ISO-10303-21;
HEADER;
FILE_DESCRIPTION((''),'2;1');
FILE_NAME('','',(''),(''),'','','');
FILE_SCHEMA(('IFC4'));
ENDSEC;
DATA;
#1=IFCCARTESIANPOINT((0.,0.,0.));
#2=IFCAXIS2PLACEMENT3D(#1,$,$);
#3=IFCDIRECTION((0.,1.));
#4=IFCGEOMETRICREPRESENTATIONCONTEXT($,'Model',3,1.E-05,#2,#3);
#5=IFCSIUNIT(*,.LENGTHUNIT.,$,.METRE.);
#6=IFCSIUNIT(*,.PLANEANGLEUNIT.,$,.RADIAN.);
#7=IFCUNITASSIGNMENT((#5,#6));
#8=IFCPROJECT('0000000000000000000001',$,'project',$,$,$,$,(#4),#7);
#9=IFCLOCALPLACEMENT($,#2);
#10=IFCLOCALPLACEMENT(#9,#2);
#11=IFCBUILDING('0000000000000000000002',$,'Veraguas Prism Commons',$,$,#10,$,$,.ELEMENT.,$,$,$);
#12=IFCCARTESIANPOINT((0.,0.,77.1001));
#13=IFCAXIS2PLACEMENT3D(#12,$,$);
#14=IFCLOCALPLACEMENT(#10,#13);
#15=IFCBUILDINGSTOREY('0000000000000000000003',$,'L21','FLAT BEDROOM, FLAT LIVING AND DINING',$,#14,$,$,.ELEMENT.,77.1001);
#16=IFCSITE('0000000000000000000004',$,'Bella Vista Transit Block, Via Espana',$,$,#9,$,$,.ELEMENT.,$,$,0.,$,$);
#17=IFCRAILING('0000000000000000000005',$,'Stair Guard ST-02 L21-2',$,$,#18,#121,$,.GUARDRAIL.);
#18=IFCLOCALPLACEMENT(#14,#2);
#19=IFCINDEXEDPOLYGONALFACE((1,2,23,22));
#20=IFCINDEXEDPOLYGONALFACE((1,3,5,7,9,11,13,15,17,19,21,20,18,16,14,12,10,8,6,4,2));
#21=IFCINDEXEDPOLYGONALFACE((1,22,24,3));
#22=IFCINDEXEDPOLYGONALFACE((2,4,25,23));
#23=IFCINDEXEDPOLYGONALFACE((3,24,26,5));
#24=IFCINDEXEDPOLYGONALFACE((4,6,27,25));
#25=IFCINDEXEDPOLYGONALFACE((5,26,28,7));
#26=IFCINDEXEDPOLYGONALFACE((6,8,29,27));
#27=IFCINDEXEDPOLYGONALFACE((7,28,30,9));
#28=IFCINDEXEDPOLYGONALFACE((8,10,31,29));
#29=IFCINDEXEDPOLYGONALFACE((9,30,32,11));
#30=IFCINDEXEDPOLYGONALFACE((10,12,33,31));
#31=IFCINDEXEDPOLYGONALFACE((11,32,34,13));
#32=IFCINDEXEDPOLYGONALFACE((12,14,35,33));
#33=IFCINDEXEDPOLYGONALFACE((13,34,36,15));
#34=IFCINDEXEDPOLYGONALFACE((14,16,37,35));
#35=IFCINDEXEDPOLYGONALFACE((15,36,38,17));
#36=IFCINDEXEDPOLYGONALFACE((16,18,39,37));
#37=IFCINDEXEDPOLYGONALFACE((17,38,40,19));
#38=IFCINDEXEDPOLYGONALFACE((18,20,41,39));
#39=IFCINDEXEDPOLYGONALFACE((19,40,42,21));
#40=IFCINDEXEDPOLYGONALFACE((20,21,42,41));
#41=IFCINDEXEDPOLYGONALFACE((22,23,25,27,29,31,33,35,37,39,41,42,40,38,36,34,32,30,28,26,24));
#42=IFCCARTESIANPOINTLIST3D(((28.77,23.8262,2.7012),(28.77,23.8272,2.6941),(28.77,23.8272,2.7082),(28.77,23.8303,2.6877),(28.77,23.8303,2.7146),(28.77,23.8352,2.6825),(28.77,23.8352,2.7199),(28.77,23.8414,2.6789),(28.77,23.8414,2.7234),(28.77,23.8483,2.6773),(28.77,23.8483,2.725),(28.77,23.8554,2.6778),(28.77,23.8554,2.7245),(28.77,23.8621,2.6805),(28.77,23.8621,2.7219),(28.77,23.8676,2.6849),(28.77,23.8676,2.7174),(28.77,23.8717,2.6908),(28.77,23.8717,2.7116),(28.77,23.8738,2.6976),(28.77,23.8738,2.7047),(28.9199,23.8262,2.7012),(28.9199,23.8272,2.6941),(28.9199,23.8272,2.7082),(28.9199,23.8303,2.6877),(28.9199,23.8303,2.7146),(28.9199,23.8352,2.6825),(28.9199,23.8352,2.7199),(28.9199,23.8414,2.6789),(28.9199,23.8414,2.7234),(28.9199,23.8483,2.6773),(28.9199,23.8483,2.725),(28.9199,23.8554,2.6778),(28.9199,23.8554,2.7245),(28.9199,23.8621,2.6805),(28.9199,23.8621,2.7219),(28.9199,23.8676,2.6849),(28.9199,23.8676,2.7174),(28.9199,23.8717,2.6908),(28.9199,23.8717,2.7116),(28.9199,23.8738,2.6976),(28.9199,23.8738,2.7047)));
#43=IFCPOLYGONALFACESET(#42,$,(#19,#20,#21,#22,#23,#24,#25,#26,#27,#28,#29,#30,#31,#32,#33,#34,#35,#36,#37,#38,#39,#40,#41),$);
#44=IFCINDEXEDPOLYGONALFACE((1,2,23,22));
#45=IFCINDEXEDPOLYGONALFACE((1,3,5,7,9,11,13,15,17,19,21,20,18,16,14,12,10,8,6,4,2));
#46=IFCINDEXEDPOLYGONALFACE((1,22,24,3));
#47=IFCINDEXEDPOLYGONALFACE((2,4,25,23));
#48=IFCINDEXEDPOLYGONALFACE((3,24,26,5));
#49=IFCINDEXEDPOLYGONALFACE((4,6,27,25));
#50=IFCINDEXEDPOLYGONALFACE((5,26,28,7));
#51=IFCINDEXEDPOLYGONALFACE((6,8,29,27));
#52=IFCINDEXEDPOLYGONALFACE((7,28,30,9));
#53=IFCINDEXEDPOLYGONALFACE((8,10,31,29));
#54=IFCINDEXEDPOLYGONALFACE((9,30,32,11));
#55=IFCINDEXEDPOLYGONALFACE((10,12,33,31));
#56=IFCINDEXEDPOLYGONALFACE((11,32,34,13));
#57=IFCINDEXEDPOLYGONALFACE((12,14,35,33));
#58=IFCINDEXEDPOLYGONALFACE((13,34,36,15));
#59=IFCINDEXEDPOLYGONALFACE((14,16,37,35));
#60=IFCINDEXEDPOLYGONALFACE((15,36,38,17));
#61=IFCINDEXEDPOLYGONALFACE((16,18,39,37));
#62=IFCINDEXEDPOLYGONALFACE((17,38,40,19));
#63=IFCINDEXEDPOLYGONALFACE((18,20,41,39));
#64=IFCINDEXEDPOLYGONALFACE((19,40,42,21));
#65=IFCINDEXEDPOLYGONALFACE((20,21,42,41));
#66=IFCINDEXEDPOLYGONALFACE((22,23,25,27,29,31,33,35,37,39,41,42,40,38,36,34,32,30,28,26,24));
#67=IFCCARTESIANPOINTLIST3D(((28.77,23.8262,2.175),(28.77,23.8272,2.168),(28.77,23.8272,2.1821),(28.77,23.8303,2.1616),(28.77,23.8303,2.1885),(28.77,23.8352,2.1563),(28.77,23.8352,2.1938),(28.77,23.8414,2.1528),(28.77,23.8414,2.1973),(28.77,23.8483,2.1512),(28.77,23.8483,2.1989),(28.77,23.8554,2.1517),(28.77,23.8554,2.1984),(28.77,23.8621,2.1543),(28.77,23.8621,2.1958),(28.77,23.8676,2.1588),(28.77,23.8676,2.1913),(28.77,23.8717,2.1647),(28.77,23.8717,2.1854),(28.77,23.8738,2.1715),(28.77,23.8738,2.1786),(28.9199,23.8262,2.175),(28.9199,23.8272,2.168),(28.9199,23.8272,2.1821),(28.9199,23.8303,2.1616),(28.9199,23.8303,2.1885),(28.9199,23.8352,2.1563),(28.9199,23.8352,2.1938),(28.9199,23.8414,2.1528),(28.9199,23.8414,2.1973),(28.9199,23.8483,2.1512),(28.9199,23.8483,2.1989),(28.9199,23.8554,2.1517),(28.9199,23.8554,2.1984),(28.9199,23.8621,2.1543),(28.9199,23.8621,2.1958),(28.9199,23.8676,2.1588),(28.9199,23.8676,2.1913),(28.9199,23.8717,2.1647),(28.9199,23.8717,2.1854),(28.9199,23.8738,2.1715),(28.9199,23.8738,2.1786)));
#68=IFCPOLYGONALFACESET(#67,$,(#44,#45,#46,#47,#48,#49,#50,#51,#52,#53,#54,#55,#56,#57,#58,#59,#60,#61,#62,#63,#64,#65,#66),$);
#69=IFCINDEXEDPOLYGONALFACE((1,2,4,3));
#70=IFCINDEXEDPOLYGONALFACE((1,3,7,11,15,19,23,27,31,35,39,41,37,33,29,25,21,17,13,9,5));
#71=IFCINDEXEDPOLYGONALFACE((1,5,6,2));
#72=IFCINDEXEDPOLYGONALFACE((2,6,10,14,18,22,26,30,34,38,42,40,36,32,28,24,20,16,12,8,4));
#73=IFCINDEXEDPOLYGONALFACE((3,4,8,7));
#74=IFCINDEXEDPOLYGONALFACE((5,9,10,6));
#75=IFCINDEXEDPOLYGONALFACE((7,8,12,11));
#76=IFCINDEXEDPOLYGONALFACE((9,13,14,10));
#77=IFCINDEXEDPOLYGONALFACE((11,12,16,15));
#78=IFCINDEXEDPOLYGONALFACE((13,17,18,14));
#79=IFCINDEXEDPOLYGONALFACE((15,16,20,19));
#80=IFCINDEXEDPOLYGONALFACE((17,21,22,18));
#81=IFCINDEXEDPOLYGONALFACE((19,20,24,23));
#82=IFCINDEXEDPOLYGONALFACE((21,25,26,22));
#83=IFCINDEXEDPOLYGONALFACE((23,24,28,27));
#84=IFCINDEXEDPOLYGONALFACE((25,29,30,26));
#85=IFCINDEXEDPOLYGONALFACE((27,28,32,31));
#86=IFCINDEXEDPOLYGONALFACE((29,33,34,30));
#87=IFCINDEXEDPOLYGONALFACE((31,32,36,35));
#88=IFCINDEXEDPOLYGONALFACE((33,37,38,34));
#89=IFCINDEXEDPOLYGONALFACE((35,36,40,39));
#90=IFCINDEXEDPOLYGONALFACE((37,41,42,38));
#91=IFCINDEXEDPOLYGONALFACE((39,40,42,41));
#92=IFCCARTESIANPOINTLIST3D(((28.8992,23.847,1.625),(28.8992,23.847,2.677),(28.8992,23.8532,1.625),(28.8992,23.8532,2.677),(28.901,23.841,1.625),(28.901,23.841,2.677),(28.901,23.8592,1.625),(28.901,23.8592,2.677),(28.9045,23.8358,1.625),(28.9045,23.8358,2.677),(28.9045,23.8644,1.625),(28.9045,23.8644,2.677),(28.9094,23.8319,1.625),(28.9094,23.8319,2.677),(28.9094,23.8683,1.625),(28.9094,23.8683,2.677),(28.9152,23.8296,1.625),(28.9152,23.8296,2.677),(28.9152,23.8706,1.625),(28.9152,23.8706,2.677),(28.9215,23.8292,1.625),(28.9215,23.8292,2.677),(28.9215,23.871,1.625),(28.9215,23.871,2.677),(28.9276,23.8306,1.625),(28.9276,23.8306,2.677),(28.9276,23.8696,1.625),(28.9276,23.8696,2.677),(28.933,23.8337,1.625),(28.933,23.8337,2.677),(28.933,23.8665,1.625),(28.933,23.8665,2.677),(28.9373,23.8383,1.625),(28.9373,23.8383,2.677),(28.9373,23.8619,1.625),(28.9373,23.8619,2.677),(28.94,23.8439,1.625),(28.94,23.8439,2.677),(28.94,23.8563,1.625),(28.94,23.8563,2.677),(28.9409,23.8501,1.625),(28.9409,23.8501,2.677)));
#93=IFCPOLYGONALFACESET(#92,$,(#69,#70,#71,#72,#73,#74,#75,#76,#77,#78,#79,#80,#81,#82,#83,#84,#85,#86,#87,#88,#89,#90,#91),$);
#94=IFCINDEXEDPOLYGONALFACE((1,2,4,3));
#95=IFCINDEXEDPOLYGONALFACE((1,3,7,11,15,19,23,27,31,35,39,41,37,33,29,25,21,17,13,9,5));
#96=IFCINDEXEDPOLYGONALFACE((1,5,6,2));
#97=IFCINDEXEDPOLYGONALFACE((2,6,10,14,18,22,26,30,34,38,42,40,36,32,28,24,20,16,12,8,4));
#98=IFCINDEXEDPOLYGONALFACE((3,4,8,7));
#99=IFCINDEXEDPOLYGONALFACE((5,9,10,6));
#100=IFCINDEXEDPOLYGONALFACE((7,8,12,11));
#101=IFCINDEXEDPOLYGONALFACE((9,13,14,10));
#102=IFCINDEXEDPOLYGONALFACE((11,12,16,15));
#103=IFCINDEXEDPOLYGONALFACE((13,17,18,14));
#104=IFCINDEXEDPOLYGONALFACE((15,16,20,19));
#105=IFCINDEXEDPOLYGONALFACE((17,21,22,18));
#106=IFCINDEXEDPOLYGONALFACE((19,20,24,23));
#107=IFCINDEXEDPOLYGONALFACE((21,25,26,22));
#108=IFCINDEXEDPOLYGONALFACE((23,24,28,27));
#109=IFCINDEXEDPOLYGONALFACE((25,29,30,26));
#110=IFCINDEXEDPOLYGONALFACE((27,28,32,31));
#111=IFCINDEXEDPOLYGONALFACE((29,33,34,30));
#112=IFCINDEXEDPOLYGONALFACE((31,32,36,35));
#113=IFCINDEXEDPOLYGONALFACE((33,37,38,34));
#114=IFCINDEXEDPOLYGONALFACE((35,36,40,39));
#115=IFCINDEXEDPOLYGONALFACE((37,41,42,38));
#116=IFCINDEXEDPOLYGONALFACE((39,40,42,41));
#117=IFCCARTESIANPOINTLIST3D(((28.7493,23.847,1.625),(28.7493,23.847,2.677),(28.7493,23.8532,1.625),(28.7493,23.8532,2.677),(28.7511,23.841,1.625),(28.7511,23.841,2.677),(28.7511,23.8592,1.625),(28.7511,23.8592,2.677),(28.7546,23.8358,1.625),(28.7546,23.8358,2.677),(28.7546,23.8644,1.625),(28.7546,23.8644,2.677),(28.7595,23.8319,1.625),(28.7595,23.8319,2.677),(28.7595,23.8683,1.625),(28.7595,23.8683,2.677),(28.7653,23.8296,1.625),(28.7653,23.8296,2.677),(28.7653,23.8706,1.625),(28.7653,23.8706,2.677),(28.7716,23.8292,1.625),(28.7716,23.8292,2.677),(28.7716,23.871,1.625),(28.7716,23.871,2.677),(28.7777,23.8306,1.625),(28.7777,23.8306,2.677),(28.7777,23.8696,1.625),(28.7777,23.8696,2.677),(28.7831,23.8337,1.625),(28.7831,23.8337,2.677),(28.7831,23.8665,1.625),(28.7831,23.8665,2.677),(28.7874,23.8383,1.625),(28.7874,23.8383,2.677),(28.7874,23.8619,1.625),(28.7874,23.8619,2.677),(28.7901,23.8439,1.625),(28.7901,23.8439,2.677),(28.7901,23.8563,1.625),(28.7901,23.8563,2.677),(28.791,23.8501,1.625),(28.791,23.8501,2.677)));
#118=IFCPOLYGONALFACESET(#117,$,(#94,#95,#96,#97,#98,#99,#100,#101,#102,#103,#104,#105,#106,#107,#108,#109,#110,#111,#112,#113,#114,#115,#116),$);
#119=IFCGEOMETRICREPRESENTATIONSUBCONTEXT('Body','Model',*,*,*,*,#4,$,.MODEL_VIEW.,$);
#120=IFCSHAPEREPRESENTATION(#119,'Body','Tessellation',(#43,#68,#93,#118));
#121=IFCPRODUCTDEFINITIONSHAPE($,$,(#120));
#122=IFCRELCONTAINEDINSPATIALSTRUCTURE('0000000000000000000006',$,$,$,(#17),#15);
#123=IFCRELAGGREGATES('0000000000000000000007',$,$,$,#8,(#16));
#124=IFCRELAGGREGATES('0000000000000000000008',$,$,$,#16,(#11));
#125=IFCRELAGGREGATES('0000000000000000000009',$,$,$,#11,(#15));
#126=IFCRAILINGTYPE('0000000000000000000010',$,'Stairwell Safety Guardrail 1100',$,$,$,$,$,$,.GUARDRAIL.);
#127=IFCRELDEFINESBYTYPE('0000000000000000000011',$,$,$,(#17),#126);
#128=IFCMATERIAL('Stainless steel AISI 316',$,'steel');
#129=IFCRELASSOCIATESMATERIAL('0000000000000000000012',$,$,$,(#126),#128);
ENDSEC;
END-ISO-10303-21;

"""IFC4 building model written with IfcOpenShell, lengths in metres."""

from ifc_helpers import new_model, si_unit, direction, frame, origin, origin_2d, place, context, subcontext, project, spatial, circle, extrude, material, type_object, element, save


model = new_model("IFC4")

# Units and contexts
model_context = context("Model", 3, precision=1e-05, world=origin(), true_north=direction((0.0, 1.0)))
body_context = subcontext(model_context, "Body", "Model", "MODEL_VIEW")
ifc_project = project(units=[si_unit("LENGTHUNIT", "METRE"), si_unit("PLANEANGLEUNIT", "RADIAN")], contexts=[model_context])

# Site, building, storey
site_placement = place(None, origin())
site = spatial("IfcSite", under=ifc_project, at=site_placement, Name="Bella Vista Transit Block, Via Espana", CompositionType="ELEMENT", RefElevation=0.0)
building_placement = place(site_placement, origin())
building = spatial("IfcBuilding", under=site, at=building_placement, Name="Veraguas Prism Commons", CompositionType="ELEMENT")
storey_placement = place(building_placement, frame((0.0, 0.0, 77.1001)))
storey = spatial("IfcBuildingStorey", under=building, at=storey_placement, Name="L21", Description="FLAT BEDROOM, FLAT LIVING AND DINING", CompositionType="ELEMENT", Elevation=77.1001)

# Shared definitions
ifc_material_1 = material(Name="Stainless steel AISI 316", Category="steel")

# Railing
railing_type_1 = type_object("IfcRailingType", Name="Stairwell Safety Guardrail 1100", PredefinedType="GUARDRAIL", material=ifc_material_1)
railing_1_placement = place(storey_placement, frame((28.9199, 23.8501, 1.625)))
element("IfcRailing", 1, at=railing_1_placement, inside=storey, type_object=railing_type_1, Name="Stair Guard ST-02 L21-2", PredefinedType="GUARDRAIL", context=body_context, shape_type="SweptSolid", body=[
    extrude(circle(Radius=0.0239, at=origin_2d()), frame((0.0, 0.0, 1.0762), z_axis=(-1.0, 0.0, 0.0), x_axis=(0.0, -1.0, 0.0)), (0.0, 0.0, 1.0), 0.1499),
    extrude(circle(Radius=0.0239, at=origin_2d()), frame((0.0, 0.0, 0.55), z_axis=(-1.0, 0.0, 0.0), x_axis=(0.0, -1.0, 0.0)), (0.0, 0.0, 1.0), 0.1499),
    extrude(circle(Radius=0.021, at=origin_2d()), origin(), (0.0, 0.0, 1.0), 1.052),
    extrude(circle(Radius=0.021, at=origin_2d()), frame((-0.1499, 0.0, 0.0)), (0.0, 0.0, 1.0), 1.052),
])

save(model, "model.ifc")
